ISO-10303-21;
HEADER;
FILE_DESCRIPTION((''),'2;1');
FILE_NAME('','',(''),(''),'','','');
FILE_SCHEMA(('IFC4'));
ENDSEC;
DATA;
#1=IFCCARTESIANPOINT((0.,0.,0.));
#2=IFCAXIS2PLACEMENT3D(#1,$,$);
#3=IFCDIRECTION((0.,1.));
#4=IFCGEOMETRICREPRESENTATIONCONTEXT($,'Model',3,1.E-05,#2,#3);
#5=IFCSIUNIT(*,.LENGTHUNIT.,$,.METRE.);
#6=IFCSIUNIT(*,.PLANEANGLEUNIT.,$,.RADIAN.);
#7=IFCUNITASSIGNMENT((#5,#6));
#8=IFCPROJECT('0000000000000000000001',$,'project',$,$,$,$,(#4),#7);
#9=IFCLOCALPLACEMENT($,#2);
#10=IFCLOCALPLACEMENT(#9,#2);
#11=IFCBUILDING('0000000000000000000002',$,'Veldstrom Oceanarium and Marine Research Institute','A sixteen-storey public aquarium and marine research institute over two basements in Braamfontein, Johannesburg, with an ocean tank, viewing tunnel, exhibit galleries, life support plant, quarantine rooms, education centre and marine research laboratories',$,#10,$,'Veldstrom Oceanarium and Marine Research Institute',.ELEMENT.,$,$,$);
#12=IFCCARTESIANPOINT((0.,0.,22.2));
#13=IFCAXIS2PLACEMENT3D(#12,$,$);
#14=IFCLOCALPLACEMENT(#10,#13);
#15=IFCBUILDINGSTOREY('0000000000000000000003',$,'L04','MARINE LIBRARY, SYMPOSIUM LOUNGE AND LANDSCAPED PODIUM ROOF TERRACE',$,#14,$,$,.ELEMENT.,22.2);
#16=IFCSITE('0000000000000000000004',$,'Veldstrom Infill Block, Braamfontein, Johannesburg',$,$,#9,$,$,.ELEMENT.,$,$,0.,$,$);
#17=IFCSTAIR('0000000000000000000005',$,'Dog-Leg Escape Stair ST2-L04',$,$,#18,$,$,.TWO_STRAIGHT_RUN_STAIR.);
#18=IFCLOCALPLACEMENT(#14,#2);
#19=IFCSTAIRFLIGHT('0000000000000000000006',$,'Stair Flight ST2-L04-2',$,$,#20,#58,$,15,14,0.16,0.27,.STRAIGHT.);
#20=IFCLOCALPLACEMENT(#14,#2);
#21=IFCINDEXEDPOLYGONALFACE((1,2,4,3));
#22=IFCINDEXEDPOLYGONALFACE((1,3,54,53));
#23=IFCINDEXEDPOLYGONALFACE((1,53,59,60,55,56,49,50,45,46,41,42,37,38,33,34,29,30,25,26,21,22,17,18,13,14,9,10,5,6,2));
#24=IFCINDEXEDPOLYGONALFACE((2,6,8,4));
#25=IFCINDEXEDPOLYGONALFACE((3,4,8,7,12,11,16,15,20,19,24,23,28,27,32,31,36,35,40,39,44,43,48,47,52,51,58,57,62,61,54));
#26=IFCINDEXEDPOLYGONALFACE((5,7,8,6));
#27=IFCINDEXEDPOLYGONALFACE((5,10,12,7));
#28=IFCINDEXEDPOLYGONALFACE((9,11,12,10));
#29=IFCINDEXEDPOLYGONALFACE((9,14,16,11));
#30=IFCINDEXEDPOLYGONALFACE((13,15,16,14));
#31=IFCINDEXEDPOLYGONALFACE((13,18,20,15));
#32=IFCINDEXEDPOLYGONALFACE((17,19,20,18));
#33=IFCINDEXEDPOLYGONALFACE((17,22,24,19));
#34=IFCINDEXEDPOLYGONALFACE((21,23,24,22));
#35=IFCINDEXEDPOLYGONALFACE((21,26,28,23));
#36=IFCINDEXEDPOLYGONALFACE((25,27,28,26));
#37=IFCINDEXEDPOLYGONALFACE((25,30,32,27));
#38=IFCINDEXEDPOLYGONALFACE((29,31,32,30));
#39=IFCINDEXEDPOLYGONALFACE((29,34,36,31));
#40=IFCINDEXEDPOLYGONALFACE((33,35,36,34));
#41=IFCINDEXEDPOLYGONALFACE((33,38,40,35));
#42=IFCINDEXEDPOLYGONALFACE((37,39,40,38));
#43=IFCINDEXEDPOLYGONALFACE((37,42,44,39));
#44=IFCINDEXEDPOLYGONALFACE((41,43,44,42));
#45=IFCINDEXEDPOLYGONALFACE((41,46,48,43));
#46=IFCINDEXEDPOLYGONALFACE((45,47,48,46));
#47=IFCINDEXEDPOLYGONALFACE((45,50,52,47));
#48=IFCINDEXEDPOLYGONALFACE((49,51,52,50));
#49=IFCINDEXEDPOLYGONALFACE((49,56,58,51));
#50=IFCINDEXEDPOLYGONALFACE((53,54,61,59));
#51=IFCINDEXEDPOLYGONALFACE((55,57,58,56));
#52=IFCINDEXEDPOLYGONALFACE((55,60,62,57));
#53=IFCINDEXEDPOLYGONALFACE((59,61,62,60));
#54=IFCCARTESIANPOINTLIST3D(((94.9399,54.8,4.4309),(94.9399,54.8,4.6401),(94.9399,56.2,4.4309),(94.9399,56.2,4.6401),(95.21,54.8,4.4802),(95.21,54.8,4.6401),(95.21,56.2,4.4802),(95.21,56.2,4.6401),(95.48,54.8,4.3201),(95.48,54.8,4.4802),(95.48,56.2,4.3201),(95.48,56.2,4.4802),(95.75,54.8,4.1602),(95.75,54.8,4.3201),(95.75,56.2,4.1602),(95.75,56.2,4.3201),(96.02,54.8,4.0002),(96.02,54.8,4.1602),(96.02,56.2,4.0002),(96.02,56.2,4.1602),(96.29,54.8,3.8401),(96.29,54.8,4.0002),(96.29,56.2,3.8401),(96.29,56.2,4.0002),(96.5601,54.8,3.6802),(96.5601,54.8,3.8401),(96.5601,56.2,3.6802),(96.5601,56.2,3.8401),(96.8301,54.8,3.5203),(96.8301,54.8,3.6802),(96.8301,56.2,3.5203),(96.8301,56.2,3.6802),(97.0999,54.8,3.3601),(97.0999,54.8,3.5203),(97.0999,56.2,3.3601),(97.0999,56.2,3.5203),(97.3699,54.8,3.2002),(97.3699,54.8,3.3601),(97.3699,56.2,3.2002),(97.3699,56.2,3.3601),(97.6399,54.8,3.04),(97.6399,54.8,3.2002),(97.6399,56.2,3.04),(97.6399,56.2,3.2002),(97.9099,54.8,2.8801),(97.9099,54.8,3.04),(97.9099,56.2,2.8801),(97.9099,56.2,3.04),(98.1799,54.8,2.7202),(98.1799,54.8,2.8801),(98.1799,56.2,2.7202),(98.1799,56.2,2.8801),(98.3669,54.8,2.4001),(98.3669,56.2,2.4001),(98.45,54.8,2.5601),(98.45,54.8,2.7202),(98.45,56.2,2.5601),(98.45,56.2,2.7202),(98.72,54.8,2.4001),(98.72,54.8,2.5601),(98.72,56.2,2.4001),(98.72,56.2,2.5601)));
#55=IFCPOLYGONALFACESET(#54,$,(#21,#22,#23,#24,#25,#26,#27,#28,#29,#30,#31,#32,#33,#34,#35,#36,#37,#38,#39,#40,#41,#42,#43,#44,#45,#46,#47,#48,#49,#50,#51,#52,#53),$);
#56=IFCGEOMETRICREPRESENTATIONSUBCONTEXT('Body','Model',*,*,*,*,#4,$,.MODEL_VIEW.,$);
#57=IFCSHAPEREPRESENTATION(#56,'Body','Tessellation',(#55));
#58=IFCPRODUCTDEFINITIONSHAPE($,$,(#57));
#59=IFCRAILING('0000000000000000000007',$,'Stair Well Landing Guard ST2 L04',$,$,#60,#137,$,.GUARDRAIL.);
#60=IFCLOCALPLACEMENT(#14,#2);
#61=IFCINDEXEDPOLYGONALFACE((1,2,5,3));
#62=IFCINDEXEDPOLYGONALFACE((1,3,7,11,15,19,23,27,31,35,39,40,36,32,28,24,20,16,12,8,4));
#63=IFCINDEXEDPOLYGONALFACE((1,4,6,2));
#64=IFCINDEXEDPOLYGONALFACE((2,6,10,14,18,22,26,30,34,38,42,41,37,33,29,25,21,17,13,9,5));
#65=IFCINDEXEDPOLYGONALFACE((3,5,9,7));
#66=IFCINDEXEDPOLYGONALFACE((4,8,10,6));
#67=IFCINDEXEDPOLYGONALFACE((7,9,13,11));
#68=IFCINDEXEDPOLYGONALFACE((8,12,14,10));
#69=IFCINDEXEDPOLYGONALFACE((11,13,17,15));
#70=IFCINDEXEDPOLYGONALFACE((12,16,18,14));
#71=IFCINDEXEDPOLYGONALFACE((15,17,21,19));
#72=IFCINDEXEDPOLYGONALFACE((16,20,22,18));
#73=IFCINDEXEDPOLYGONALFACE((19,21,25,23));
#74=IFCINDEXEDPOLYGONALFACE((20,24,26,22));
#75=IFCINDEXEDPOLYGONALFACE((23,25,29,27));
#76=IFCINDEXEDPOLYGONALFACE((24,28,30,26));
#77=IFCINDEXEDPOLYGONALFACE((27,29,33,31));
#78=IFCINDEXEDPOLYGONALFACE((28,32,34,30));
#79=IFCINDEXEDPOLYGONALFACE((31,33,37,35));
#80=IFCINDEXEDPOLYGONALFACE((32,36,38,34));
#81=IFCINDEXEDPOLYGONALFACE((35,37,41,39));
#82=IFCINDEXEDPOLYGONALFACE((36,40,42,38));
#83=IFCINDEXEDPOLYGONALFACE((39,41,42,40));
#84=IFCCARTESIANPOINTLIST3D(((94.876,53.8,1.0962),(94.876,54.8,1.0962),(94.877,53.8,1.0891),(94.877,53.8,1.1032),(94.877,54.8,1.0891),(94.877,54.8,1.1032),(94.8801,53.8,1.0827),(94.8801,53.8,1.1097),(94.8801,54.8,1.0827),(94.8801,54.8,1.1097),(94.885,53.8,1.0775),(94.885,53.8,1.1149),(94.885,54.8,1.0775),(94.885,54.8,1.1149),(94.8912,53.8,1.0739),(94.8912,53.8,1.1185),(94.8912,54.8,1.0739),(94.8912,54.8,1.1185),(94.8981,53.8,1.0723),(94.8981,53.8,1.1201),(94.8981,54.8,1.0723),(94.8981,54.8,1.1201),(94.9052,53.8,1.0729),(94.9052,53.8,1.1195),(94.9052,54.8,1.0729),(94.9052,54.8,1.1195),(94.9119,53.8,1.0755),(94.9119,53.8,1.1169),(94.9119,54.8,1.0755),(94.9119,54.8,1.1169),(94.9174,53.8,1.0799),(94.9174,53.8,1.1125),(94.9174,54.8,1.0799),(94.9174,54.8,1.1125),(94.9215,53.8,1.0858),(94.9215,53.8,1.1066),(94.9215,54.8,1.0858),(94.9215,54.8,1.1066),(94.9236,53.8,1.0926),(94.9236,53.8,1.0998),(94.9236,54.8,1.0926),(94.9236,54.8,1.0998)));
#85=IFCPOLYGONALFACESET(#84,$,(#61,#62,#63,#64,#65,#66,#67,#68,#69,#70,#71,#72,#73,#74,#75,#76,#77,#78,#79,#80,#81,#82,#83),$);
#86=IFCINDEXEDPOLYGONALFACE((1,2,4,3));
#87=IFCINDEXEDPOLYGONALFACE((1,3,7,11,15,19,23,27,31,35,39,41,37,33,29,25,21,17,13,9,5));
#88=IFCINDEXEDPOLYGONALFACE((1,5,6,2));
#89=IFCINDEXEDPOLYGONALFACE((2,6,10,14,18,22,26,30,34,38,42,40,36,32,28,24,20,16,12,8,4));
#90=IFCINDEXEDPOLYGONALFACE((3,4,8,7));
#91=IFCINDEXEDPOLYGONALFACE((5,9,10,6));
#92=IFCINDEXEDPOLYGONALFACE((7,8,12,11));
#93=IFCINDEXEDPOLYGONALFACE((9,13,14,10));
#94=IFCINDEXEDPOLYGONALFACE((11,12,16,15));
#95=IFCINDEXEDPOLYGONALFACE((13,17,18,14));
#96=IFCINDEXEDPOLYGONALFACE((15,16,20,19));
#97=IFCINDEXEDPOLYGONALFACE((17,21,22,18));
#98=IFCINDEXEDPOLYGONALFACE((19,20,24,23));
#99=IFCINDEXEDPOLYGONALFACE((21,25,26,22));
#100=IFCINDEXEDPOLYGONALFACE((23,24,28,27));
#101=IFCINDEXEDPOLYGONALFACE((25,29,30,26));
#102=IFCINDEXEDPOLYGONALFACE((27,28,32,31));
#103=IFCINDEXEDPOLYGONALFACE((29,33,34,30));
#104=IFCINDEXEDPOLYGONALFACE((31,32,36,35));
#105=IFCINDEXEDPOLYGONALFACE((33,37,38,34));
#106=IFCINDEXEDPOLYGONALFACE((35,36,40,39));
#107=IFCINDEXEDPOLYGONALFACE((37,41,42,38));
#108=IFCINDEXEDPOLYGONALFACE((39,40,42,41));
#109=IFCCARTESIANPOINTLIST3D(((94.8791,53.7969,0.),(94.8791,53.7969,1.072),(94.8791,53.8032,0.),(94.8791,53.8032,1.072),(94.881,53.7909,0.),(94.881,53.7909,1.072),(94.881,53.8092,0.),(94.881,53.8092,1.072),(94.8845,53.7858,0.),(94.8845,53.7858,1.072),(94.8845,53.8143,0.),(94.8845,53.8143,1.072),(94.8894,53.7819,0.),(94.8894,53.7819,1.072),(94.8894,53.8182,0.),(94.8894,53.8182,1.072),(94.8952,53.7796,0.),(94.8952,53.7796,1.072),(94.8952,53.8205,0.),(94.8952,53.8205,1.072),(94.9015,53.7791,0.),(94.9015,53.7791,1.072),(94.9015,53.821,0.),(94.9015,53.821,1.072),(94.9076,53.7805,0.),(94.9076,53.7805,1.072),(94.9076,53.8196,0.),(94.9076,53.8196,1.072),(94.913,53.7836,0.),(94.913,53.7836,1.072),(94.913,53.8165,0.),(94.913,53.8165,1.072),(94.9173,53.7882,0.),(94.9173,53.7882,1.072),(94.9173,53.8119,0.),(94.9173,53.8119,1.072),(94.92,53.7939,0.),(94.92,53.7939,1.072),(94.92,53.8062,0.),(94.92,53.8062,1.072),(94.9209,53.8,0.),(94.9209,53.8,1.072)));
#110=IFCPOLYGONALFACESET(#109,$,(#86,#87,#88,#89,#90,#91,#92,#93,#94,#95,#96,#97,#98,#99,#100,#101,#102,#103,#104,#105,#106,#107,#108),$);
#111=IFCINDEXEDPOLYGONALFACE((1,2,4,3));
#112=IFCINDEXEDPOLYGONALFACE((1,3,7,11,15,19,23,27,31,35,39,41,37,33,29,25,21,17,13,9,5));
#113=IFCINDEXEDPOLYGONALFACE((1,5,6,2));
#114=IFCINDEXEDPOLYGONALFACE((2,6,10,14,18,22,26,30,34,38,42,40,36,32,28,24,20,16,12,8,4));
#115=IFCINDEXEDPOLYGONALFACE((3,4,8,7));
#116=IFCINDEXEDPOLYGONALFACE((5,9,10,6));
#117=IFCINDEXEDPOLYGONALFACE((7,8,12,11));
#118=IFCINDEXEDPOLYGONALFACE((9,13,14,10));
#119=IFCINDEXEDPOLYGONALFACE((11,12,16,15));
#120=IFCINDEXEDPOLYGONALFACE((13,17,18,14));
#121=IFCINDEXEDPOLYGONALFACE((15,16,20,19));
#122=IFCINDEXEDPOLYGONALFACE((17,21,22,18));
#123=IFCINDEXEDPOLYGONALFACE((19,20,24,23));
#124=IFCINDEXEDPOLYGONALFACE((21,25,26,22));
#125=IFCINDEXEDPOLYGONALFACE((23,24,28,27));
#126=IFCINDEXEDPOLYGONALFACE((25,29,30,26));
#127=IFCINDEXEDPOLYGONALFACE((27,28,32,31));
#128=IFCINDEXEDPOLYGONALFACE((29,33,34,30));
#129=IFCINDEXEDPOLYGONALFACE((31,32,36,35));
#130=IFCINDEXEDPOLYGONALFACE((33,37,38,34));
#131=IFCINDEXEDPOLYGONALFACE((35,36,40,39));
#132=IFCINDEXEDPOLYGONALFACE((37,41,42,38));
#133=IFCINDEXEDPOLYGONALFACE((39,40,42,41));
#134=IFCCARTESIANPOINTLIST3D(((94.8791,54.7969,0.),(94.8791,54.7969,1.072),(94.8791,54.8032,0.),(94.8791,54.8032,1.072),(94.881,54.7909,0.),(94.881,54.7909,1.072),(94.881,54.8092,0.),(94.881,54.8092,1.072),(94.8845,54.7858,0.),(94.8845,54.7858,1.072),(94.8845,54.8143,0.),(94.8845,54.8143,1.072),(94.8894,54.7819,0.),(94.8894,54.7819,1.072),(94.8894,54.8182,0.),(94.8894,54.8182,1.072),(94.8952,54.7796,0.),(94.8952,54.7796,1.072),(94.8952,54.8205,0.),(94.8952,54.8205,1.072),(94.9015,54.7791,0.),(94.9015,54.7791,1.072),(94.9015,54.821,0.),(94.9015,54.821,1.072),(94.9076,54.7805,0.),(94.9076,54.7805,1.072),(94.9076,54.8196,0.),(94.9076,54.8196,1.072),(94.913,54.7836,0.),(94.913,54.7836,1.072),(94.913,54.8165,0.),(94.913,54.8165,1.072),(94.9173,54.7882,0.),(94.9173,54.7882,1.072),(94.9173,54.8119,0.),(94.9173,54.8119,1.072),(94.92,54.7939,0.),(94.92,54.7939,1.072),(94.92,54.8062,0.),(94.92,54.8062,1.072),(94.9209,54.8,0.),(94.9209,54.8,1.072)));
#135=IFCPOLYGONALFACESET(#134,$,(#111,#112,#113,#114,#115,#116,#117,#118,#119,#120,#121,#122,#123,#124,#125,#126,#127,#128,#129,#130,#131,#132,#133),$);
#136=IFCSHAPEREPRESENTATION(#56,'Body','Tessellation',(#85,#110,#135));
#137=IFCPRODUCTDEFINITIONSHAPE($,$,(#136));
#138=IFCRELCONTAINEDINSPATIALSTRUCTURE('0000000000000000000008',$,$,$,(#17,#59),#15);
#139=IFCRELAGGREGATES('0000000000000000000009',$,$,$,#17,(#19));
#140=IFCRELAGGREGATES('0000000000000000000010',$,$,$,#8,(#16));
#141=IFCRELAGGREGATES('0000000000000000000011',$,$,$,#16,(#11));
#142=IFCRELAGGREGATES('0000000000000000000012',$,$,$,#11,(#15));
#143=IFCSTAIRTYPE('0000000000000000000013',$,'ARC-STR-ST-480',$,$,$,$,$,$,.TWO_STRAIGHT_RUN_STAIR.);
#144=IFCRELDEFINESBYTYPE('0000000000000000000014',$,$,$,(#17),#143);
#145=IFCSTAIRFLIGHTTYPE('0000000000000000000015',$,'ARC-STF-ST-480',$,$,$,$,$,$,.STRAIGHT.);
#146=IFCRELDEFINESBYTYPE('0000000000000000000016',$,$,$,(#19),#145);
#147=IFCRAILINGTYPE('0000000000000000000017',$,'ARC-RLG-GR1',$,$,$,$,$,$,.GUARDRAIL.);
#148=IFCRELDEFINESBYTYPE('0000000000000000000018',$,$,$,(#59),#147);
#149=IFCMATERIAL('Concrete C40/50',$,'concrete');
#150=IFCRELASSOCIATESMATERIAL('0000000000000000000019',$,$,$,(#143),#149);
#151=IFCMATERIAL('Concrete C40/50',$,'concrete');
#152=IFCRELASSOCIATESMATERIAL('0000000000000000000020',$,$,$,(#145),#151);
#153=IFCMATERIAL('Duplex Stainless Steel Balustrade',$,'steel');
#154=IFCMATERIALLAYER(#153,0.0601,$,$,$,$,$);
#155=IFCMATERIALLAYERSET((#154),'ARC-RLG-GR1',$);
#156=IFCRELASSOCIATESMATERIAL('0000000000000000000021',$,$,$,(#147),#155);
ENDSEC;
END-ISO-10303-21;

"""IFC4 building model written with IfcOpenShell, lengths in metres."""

from ifc_helpers import new_model, si_unit, direction, frame, origin, origin_2d, place, context, subcontext, project, spatial, polyline, circle, outline, extrude, material, layer, layer_set, type_object, element, aggregate, save


model = new_model("IFC4")

# Units and contexts
model_context = context("Model", 3, precision=1e-05, world=origin(), true_north=direction((0.0, 1.0)))
body_context = subcontext(model_context, "Body", "Model", "MODEL_VIEW")
ifc_project = project(units=[si_unit("LENGTHUNIT", "METRE"), si_unit("PLANEANGLEUNIT", "RADIAN")], contexts=[model_context])

# Site, building, storey
site_placement = place(None, origin())
site = spatial("IfcSite", under=ifc_project, at=site_placement, Name="Veldstrom Infill Block, Braamfontein, Johannesburg", CompositionType="ELEMENT", RefElevation=0.0)
building_placement = place(site_placement, origin())
building = spatial("IfcBuilding", under=site, at=building_placement, Name="Veldstrom Oceanarium and Marine Research Institute", Description="A sixteen-storey public aquarium and marine research institute over two basements in Braamfontein, Johannesburg, with an ocean tank, viewing tunnel, exhibit galleries, life support plant, quarantine rooms, education centre and marine research laboratories", LongName="Veldstrom Oceanarium and Marine Research Institute", CompositionType="ELEMENT")
storey_placement = place(building_placement, frame((0.0, 0.0, 22.2)))
storey = spatial("IfcBuildingStorey", under=building, at=storey_placement, Name="L04", Description="MARINE LIBRARY, SYMPOSIUM LOUNGE AND LANDSCAPED PODIUM ROOF TERRACE", CompositionType="ELEMENT", Elevation=22.2)

# Stair, stair flight
ifc_material_1 = material(Name="Concrete C40/50", Category="concrete")
stair_type = type_object("IfcStairType", Name="ARC-STR-ST-480", PredefinedType="TWO_STRAIGHT_RUN_STAIR", material=ifc_material_1)
stair_placement = place(storey_placement, origin())
stair = element("IfcStair", 1, at=stair_placement, inside=storey, type_object=stair_type, Name="Dog-Leg Escape Stair ST2-L04", PredefinedType="TWO_STRAIGHT_RUN_STAIR")
ifc_material_2 = material(Name="Concrete C40/50", Category="concrete")
stair_flight_type = type_object("IfcStairFlightType", Name="ARC-STF-ST-480", PredefinedType="STRAIGHT", material=ifc_material_2)
stair_flight_1_placement = place(storey_placement, frame((98.72, 55.5, 2.4001), z_axis=(0.0, 0.0, 1.0), x_axis=(-1.0, 0.0, 0.0)))
stair_flight_1 = element("IfcStairFlight", 2, at=stair_flight_1_placement, type_object=stair_flight_type, Name="Stair Flight ST2-L04-2", NumberOfRisers=15, NumberOfTreads=14, PredefinedType="STRAIGHT", RiserHeight=0.16, TreadLength=0.27, context=body_context, shape_type="SweptSolid", body=[
    extrude(outline(polyline([(0.0, 0.0), (0.0, 0.1599), (0.27, 0.1599), (0.27, 0.3201), (0.54, 0.3201), (0.54, 0.48), (0.8101, 0.48), (0.8101, 0.6399), (1.0801, 0.6399), (1.0801, 0.8), (1.3501, 0.8), (1.3501, 0.96), (1.6201, 0.96), (1.6201, 1.1201), (1.8899, 1.1201), (1.8899, 1.28), (2.1599, 1.28), (2.1599, 1.4399), (2.4299, 1.4399), (2.4299, 1.6001), (2.7, 1.6001), (2.7, 1.76), (2.97, 1.76), (2.97, 1.9199), (3.24, 1.9199), (3.24, 2.0801), (3.51, 2.0801), (3.51, 2.24), (3.78, 2.24), (3.78, 2.3999), (3.78, 2.0308), (0.353, 0.0), (0.0, 0.0)])), frame((0.0, 0.7, 0.0), z_axis=(0.0, -1.0, 0.0), x_axis=(1.0, 0.0, 0.0)), (0.0, 0.0, 1.0), 1.3999),
])
aggregate(stair, [stair_flight_1])

# Railing
ifc_material_3 = material(Name="Duplex Stainless Steel Balustrade", Category="steel")
ifc_layer_1 = layer(ifc_material_3, 0.0601)
ifc_layer_set_1 = layer_set([ifc_layer_1], Name="ARC-RLG-GR1")
railing_type_1 = type_object("IfcRailingType", Name="ARC-RLG-GR1", PredefinedType="GUARDRAIL", material=ifc_layer_set_1)
railing_1_placement = place(storey_placement, frame((94.8999, 53.8, 0.0)))
element("IfcRailing", 3, at=railing_1_placement, inside=storey, type_object=railing_type_1, Name="Stair Well Landing Guard ST2 L04", PredefinedType="GUARDRAIL", context=body_context, shape_type="SweptSolid", body=[
    extrude(circle(Radius=0.0239, at=origin_2d()), frame((0.0, 0.0, 1.0962), z_axis=(0.0, 1.0, 0.0), x_axis=(-1.0, 0.0, 0.0)), (0.0, 0.0, 1.0), 1.0),
    extrude(circle(Radius=0.021, at=origin_2d()), origin(), (0.0, 0.0, 1.0), 1.072),
    extrude(circle(Radius=0.021, at=origin_2d()), frame((0.0, 1.0, 0.0)), (0.0, 0.0, 1.0), 1.072),
])

save(model, "model.ifc")
